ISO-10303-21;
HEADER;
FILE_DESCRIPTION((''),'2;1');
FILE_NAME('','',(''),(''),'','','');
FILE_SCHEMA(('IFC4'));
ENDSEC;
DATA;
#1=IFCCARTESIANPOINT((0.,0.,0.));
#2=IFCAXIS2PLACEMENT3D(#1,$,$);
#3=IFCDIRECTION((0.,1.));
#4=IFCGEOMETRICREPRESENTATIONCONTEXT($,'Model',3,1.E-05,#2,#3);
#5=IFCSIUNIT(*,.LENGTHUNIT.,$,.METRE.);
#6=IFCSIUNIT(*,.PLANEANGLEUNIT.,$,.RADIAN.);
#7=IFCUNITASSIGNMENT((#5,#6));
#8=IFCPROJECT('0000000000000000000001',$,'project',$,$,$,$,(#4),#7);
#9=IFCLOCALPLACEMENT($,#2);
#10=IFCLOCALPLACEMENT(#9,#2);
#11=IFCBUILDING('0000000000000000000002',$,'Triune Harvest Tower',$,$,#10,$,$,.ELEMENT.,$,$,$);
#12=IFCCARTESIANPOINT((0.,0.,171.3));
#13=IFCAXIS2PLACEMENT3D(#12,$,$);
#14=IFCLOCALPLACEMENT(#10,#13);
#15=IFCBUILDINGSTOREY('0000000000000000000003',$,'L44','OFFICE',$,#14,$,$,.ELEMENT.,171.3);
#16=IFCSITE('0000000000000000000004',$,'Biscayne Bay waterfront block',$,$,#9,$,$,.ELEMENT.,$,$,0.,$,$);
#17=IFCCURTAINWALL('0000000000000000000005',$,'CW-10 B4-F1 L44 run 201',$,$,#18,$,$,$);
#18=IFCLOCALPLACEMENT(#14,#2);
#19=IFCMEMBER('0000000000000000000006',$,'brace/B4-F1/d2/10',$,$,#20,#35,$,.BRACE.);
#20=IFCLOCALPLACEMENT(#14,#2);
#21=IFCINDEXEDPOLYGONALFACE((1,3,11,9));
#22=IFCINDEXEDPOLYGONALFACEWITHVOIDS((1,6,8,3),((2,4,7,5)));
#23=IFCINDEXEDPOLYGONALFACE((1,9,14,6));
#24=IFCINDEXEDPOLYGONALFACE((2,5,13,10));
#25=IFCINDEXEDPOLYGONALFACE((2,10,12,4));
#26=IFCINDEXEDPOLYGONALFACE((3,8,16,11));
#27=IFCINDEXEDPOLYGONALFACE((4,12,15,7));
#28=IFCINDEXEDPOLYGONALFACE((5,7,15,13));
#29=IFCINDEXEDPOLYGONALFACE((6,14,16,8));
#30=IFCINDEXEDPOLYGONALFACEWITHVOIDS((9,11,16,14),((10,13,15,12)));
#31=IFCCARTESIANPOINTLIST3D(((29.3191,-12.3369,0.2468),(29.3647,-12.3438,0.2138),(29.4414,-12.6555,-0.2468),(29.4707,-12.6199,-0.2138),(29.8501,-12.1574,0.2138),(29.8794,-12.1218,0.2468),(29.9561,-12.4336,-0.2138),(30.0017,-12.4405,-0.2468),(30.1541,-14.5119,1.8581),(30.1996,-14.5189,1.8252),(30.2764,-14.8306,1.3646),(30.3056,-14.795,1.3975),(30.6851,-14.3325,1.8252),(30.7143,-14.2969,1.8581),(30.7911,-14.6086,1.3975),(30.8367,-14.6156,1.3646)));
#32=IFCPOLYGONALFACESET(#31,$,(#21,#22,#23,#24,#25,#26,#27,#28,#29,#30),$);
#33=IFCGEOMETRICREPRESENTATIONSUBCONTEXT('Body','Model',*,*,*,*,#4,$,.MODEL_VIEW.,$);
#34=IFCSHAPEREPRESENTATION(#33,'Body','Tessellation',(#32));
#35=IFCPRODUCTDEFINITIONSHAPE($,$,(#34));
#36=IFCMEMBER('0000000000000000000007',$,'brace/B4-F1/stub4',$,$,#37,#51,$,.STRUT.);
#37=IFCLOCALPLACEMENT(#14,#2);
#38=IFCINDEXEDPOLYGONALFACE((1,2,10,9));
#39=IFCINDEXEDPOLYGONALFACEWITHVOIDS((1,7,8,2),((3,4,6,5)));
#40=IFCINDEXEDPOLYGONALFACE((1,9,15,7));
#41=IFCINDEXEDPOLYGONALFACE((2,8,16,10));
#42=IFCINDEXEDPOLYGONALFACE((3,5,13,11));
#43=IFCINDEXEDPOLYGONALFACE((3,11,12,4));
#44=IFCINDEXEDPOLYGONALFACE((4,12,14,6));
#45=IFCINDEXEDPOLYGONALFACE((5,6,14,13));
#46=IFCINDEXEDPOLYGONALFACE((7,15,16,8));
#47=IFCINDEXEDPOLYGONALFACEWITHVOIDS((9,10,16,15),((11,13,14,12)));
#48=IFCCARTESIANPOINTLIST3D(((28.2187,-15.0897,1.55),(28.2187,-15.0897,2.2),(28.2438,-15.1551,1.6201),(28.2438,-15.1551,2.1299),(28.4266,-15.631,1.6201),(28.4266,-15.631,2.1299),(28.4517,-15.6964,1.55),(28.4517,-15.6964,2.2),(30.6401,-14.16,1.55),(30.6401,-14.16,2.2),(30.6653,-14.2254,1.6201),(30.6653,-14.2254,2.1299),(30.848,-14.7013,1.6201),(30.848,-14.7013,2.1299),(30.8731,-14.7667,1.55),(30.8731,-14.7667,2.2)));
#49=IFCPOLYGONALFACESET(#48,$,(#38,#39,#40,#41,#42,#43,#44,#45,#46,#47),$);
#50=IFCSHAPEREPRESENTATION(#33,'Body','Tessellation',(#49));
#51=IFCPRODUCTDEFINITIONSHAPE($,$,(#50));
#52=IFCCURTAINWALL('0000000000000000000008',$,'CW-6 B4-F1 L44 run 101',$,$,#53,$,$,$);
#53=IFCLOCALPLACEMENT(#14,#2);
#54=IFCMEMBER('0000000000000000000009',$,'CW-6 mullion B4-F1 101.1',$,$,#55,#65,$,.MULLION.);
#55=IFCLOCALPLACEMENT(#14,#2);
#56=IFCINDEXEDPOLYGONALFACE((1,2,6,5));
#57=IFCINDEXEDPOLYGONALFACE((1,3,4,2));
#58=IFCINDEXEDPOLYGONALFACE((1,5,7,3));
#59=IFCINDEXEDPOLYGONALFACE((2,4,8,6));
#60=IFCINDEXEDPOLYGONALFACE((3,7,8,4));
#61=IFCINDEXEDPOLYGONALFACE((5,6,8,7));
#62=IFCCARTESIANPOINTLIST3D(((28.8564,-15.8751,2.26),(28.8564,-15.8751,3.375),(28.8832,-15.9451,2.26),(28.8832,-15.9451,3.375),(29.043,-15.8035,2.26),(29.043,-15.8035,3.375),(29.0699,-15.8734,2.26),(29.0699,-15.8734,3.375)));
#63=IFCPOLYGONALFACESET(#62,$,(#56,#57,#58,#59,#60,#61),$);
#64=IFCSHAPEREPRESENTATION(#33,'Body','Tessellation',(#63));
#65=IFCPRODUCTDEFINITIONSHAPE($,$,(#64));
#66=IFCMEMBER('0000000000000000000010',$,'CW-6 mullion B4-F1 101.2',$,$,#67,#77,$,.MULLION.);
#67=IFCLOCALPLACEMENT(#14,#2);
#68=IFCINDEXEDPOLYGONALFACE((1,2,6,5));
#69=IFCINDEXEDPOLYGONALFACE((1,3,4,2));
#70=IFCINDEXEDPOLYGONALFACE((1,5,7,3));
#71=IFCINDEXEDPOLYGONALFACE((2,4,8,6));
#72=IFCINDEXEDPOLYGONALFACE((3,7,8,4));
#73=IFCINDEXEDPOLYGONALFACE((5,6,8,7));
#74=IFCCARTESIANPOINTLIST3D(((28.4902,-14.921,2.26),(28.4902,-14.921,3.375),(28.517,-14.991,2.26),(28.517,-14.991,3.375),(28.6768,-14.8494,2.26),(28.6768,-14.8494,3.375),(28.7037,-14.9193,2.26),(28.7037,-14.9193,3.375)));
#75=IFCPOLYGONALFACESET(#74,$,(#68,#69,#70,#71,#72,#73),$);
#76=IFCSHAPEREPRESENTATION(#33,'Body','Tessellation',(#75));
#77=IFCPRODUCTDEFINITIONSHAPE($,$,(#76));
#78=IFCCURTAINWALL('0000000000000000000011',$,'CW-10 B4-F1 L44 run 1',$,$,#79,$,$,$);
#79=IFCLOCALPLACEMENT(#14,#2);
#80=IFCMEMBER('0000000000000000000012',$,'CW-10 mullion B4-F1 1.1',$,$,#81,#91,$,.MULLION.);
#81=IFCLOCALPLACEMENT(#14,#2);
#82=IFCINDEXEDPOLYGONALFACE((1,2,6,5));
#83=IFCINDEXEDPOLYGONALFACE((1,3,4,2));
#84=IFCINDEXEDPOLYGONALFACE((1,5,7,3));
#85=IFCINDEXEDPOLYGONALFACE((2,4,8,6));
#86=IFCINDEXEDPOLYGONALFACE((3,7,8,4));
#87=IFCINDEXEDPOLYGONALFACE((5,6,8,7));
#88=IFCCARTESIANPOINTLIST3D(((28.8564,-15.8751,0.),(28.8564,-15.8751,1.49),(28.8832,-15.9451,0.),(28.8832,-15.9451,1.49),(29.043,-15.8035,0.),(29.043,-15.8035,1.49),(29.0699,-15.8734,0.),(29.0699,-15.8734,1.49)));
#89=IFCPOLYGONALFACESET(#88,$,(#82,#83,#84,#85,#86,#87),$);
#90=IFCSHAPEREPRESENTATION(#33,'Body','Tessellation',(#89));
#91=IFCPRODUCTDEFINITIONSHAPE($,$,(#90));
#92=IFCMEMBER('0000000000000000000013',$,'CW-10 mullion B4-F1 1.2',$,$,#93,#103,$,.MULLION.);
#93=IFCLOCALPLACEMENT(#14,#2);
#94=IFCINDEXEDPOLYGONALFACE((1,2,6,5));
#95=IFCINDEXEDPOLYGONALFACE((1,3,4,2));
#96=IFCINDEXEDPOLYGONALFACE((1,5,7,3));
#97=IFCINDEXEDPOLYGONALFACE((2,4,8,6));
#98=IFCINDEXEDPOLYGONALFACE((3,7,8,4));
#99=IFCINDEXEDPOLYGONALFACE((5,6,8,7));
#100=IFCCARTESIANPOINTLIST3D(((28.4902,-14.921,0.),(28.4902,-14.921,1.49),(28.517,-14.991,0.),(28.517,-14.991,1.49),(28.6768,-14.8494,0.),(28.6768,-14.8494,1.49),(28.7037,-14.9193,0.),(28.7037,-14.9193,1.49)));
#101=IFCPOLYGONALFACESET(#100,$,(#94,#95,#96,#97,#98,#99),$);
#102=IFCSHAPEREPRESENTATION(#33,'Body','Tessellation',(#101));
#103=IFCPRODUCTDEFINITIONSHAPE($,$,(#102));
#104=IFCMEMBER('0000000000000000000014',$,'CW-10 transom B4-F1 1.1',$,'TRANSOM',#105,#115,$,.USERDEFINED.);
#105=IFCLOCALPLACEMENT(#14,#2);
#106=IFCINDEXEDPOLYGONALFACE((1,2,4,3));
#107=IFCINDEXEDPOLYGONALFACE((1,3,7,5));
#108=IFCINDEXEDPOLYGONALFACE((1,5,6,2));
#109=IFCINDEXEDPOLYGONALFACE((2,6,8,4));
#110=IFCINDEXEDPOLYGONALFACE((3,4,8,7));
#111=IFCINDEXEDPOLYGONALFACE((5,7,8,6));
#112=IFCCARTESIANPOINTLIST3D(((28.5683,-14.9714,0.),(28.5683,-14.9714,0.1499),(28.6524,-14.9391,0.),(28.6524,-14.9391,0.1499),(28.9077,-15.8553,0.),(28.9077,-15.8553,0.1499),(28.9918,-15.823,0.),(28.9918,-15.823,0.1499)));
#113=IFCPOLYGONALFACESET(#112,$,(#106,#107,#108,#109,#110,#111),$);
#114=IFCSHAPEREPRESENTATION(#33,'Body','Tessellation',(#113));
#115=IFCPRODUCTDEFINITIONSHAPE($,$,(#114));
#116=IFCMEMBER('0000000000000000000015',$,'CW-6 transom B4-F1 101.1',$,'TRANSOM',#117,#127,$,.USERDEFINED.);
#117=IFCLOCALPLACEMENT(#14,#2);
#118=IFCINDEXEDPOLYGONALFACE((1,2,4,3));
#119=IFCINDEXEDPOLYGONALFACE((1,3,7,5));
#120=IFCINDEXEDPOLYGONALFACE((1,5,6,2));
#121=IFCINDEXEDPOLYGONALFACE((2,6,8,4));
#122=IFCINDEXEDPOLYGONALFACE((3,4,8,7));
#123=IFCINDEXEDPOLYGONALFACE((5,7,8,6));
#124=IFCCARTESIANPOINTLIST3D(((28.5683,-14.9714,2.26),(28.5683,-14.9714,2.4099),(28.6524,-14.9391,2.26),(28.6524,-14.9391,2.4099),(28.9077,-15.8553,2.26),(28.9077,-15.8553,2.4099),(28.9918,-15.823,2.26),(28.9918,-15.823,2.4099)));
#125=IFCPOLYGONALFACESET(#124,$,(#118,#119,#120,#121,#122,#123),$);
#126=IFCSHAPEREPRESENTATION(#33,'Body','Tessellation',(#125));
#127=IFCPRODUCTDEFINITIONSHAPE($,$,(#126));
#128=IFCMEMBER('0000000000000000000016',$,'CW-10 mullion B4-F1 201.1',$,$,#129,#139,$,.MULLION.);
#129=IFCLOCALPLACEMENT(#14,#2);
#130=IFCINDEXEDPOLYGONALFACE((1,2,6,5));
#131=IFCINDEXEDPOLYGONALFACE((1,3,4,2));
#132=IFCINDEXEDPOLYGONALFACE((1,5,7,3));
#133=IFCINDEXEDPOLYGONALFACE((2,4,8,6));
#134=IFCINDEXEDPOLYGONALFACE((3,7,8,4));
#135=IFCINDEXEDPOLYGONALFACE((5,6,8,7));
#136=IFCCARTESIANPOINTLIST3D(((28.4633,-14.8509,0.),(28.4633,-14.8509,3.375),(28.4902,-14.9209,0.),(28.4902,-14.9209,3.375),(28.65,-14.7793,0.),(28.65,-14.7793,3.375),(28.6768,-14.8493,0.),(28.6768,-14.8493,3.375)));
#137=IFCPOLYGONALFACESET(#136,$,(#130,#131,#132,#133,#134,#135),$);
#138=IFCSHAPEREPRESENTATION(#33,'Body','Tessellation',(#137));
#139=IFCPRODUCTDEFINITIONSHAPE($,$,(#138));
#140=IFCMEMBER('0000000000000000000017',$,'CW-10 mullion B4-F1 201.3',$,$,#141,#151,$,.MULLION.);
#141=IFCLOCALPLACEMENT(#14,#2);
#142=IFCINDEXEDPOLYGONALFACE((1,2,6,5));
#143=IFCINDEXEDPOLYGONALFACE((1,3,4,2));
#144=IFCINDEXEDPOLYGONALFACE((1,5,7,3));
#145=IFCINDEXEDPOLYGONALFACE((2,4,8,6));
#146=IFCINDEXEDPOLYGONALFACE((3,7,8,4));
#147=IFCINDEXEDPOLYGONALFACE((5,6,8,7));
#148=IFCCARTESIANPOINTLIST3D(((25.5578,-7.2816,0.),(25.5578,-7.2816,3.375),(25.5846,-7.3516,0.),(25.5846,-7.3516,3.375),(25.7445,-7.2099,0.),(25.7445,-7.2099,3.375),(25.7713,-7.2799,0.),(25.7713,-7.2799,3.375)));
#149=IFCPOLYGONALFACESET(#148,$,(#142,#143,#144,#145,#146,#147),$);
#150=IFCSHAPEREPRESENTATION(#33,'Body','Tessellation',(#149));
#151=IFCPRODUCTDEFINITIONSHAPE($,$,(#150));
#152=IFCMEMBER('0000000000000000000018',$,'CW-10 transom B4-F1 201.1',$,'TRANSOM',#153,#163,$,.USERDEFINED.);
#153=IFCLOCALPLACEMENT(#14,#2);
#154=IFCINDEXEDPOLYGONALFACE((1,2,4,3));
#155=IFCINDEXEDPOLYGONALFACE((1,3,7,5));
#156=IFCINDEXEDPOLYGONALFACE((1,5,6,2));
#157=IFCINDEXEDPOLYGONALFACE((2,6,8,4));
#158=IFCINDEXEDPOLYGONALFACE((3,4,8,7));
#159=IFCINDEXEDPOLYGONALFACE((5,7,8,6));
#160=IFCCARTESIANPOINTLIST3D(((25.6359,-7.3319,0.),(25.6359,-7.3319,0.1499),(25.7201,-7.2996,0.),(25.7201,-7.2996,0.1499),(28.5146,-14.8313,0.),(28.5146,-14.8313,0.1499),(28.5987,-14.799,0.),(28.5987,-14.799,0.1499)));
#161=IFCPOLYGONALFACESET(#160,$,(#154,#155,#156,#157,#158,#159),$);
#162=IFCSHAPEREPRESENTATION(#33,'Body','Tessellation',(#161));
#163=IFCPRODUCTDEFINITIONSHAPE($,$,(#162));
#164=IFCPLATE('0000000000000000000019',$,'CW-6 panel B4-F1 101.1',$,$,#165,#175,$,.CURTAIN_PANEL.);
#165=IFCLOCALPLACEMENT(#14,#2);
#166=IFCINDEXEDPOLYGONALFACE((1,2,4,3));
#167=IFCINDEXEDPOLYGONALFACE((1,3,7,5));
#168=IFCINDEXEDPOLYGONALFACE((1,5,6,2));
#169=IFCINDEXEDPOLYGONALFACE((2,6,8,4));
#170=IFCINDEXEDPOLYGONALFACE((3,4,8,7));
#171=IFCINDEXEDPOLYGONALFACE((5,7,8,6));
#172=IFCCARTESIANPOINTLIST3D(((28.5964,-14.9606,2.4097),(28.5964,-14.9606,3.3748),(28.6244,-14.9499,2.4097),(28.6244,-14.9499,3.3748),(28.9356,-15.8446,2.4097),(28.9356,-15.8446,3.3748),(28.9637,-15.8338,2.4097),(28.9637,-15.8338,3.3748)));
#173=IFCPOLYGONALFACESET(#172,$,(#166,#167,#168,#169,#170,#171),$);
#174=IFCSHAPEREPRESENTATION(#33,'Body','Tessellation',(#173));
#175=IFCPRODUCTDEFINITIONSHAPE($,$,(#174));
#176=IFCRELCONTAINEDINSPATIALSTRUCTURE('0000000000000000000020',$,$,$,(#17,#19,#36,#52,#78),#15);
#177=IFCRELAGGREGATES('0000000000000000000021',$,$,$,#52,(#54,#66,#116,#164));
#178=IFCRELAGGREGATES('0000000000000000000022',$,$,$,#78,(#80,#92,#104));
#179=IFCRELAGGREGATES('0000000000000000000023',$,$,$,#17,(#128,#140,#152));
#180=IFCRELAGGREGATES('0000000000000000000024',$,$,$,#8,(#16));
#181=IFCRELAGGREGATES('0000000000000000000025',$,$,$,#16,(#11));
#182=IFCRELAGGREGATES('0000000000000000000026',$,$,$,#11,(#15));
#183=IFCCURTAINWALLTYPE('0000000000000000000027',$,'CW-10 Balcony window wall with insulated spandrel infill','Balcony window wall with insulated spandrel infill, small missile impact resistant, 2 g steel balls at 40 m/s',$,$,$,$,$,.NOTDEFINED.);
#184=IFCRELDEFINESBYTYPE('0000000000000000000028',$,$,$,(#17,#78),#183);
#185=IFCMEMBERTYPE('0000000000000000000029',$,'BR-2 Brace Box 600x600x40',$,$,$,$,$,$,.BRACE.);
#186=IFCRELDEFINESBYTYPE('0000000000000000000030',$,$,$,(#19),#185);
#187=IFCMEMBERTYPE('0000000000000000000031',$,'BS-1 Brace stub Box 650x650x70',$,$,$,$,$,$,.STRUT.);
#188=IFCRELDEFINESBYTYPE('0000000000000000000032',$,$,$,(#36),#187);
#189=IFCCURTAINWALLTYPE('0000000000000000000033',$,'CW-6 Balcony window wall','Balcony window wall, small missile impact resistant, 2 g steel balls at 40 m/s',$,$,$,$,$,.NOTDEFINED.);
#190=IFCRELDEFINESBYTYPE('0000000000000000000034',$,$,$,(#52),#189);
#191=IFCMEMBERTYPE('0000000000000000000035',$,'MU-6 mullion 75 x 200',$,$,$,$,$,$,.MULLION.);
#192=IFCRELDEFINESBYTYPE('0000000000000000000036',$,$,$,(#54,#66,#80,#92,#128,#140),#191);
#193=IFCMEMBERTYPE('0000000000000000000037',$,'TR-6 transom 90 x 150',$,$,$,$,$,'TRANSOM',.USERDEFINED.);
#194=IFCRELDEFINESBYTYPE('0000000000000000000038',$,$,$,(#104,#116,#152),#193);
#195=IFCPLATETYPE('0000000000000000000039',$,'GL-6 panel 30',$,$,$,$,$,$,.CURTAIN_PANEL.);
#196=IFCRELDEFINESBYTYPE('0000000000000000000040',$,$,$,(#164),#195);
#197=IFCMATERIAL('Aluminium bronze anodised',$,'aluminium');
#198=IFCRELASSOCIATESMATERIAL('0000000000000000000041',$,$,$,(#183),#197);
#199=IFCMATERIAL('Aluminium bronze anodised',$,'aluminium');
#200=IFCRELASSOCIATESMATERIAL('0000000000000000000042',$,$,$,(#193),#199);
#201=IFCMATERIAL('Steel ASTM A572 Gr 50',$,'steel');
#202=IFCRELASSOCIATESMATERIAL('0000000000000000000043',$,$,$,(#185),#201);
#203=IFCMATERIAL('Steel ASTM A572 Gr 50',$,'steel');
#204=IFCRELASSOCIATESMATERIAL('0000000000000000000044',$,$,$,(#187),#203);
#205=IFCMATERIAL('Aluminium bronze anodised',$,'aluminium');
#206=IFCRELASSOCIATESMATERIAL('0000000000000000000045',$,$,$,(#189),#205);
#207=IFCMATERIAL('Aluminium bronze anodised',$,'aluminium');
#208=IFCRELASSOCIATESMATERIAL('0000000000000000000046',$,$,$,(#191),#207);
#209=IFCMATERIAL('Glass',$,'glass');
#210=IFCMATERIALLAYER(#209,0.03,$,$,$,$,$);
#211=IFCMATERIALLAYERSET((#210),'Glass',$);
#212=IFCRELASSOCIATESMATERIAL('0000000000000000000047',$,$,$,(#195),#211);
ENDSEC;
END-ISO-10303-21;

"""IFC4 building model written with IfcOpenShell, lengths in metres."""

from ifc_helpers import new_model, si_unit, direction, frame, origin, origin_2d, place, context, subcontext, project, spatial, rectangle, hollow_rectangle, extrude, source, transform, mapped, material, layer, layer_set, material_profile, profile_set, type_object, element, aggregate, save


model = new_model("IFC4")

# Units and contexts
model_context = context("Model", 3, precision=1e-05, world=origin(), true_north=direction((0.0, 1.0)))
body_context = subcontext(model_context, "Body", "Model", "MODEL_VIEW")
ifc_project = project(units=[si_unit("LENGTHUNIT", "METRE"), si_unit("PLANEANGLEUNIT", "RADIAN")], contexts=[model_context])

# Site, building, storey
site_placement = place(None, origin())
site = spatial("IfcSite", under=ifc_project, at=site_placement, Name="Biscayne Bay waterfront block", CompositionType="ELEMENT", RefElevation=0.0)
building_placement = place(site_placement, origin())
building = spatial("IfcBuilding", under=site, at=building_placement, Name="Triune Harvest Tower", CompositionType="ELEMENT")
storey_placement = place(building_placement, frame((0.0, 0.0, 171.3)))
storey = spatial("IfcBuildingStorey", under=building, at=storey_placement, Name="L44", Description="OFFICE", CompositionType="ELEMENT", Elevation=171.3)

# Curtain wall
ifc_material_1 = material(Name="Aluminium bronze anodised", Category="aluminium")
curtain_wall_type_1 = type_object("IfcCurtainWallType", Name="CW-10 Balcony window wall with insulated spandrel infill", Description="Balcony window wall with insulated spandrel infill, small missile impact resistant, 2 g steel balls at 40 m/s", PredefinedType="NOTDEFINED", material=ifc_material_1)
curtain_wall_1_placement = place(storey_placement, origin())
curtain_wall_1 = element("IfcCurtainWall", 1, at=curtain_wall_1_placement, inside=storey, type_object=curtain_wall_type_1, Name="CW-10 B4-F1 L44 run 201")
ifc_material_2 = material(Name="Aluminium bronze anodised", Category="aluminium")
ifc_material_profile_1 = material_profile(ifc_material_2, rectangle(XDim=0.0901, YDim=0.1499, at=origin_2d()), Name="TR-6 transom 90 x 150")
ifc_profile_set_1 = profile_set([ifc_material_profile_1], Name="Aluminium bronze anodised")
member_type_1 = type_object("IfcMemberType", Name="TR-6 transom 90 x 150", ElementType="TRANSOM", PredefinedType="USERDEFINED", material=ifc_profile_set_1)

# Members
ifc_material_3 = material(Name="Steel ASTM A572 Gr 50", Category="steel")
ifc_material_profile_2 = material_profile(ifc_material_3, hollow_rectangle(XDim=0.6001, YDim=0.6001, WallThickness=0.04, at=origin_2d()), Name="Box 600x600x40")
ifc_profile_set_2 = profile_set([ifc_material_profile_2], Name="Steel ASTM A572 Gr 50")
member_type_2 = type_object("IfcMemberType", Name="BR-2 Brace Box 600x600x40", PredefinedType="BRACE", material=ifc_profile_set_2)
shared_shape_1 = source(origin(), body_context, "Body", "SweptSolid", [
    extrude(hollow_rectangle(XDim=0.6001, YDim=0.6001, WallThickness=0.04, at=origin_2d()), origin(), (0.0, 0.0, 1.0), 2.8328),
])
member_1_placement = place(storey_placement, frame((29.6604, -12.3887, 0.0), z_axis=(0.294755, -0.767827, 0.568825), x_axis=(0.933575, 0.358382, 0.0)))
element("IfcMember", 2, at=member_1_placement, inside=storey, type_object=member_type_2, Name="brace/B4-F1/d2/10", PredefinedType="BRACE", context=body_context, shape_type="MappedRepresentation", body=[
    mapped(shared_shape_1, transform((0.0, 0.0, 0.0), scale=1.0)),
])
ifc_material_4 = material(Name="Steel ASTM A572 Gr 50", Category="steel")
ifc_material_profile_3 = material_profile(ifc_material_4, hollow_rectangle(XDim=0.6499, YDim=0.6499, WallThickness=0.0701, at=origin_2d()), Name="Box 650x650x70")
ifc_profile_set_3 = profile_set([ifc_material_profile_3], Name="Steel ASTM A572 Gr 50")
member_type_3 = type_object("IfcMemberType", Name="BS-1 Brace stub Box 650x650x70", PredefinedType="STRUT", material=ifc_profile_set_3)
shared_shape_2 = source(origin(), body_context, "Body", "SweptSolid", [
    extrude(hollow_rectangle(XDim=0.6499, YDim=0.6499, WallThickness=0.0701, at=origin_2d()), origin(), (0.0, 0.0, 1.0), 2.5938),
])
member_2_placement = place(storey_placement, frame((28.3352, -15.3931, 1.875), z_axis=(0.933554, 0.358437, 0.0), x_axis=(-0.358437, 0.933554, 0.0)))
element("IfcMember", 3, at=member_2_placement, inside=storey, type_object=member_type_3, Name="brace/B4-F1/stub4", PredefinedType="STRUT", context=body_context, shape_type="MappedRepresentation", body=[
    mapped(shared_shape_2, transform((0.0, 0.0, 0.0), scale=1.0)),
])

# Curtain walls, members
ifc_material_5 = material(Name="Aluminium bronze anodised", Category="aluminium")
curtain_wall_type_2 = type_object("IfcCurtainWallType", Name="CW-6 Balcony window wall", Description="Balcony window wall, small missile impact resistant, 2 g steel balls at 40 m/s", PredefinedType="NOTDEFINED", material=ifc_material_5)
curtain_wall_2_placement = place(storey_placement, origin())
curtain_wall_2 = element("IfcCurtainWall", 4, at=curtain_wall_2_placement, inside=storey, type_object=curtain_wall_type_2, Name="CW-6 B4-F1 L44 run 101")
ifc_material_6 = material(Name="Aluminium bronze anodised", Category="aluminium")
ifc_material_profile_4 = material_profile(ifc_material_6, rectangle(XDim=0.2, YDim=0.075, at=origin_2d()), Name="MU-6 mullion 75 x 200")
ifc_profile_set_4 = profile_set([ifc_material_profile_4], Name="Aluminium bronze anodised")
member_type_4 = type_object("IfcMemberType", Name="MU-6 mullion 75 x 200", PredefinedType="MULLION", material=ifc_profile_set_4)
shared_shape_3 = source(origin(), body_context, "Body", "SweptSolid", [
    extrude(rectangle(XDim=0.2, YDim=0.075, at=origin_2d()), origin(), (0.0, 0.0, 1.0), 1.115),
])
member_3_placement = place(storey_placement, frame((28.9631, -15.8743, 2.26), z_axis=(0.0, 0.0, 1.0), x_axis=(-0.933604, -0.358307, 0.0)))
member_3 = element("IfcMember", 5, at=member_3_placement, type_object=member_type_4, Name="CW-6 mullion B4-F1 101.1", PredefinedType="MULLION", context=body_context, shape_type="MappedRepresentation", body=[
    mapped(shared_shape_3, transform((0.0, 0.0, 0.0), scale=1.0)),
])
member_4_placement = place(storey_placement, frame((28.5969, -14.9202, 2.26), z_axis=(0.0, 0.0, 1.0), x_axis=(-0.933604, -0.358307, 0.0)))
member_4 = element("IfcMember", 6, at=member_4_placement, type_object=member_type_4, Name="CW-6 mullion B4-F1 101.2", PredefinedType="MULLION", context=body_context, shape_type="MappedRepresentation", body=[
    mapped(shared_shape_3, transform((0.0, 0.0, 0.0), scale=1.0)),
])
curtain_wall_3_placement = place(storey_placement, origin())
curtain_wall_3 = element("IfcCurtainWall", 7, at=curtain_wall_3_placement, inside=storey, type_object=curtain_wall_type_1, Name="CW-10 B4-F1 L44 run 1")
shared_shape_4 = source(origin(), body_context, "Body", "SweptSolid", [
    extrude(rectangle(XDim=0.2, YDim=0.075, at=origin_2d()), origin(), (0.0, 0.0, 1.0), 1.49),
])
member_5_placement = place(storey_placement, frame((28.9631, -15.8743, 0.0), z_axis=(0.0, 0.0, 1.0), x_axis=(-0.933604, -0.358307, 0.0)))
member_5 = element("IfcMember", 8, at=member_5_placement, type_object=member_type_4, Name="CW-10 mullion B4-F1 1.1", PredefinedType="MULLION", context=body_context, shape_type="MappedRepresentation", body=[
    mapped(shared_shape_4, transform((0.0, 0.0, 0.0), scale=1.0)),
])
member_6_placement = place(storey_placement, frame((28.5969, -14.9202, 0.0), z_axis=(0.0, 0.0, 1.0), x_axis=(-0.933604, -0.358307, 0.0)))
member_6 = element("IfcMember", 9, at=member_6_placement, type_object=member_type_4, Name="CW-10 mullion B4-F1 1.2", PredefinedType="MULLION", context=body_context, shape_type="MappedRepresentation", body=[
    mapped(shared_shape_4, transform((0.0, 0.0, 0.0), scale=1.0)),
])
shared_shape_5 = source(origin(), body_context, "Body", "SweptSolid", [
    extrude(rectangle(XDim=0.0901, YDim=0.1499, at=origin_2d()), origin(), (0.0, 0.0, 1.0), 0.9468),
])
member_7_placement = place(storey_placement, frame((28.9497, -15.8391, 0.075), z_axis=(-0.358461, 0.933545, 0.0), x_axis=(-0.933545, -0.358461, 0.0)))
member_7 = element("IfcMember", 10, at=member_7_placement, type_object=member_type_1, Name="CW-10 transom B4-F1 1.1", ObjectType="TRANSOM", PredefinedType="USERDEFINED", context=body_context, shape_type="MappedRepresentation", body=[
    mapped(shared_shape_5, transform((0.0, 0.0, 0.0), scale=1.0)),
])

# Members
member_8_placement = place(storey_placement, frame((28.9497, -15.8391, 2.335), z_axis=(-0.358461, 0.933545, 0.0), x_axis=(-0.933545, -0.358461, 0.0)))
member_8 = element("IfcMember", 11, at=member_8_placement, type_object=member_type_1, Name="CW-6 transom B4-F1 101.1", ObjectType="TRANSOM", PredefinedType="USERDEFINED", context=body_context, shape_type="MappedRepresentation", body=[
    mapped(shared_shape_5, transform((0.0, 0.0, 0.0), scale=1.0)),
])
shared_shape_6 = source(origin(), body_context, "Body", "SweptSolid", [
    extrude(rectangle(XDim=0.2, YDim=0.075, at=origin_2d()), origin(), (0.0, 0.0, 1.0), 3.375),
])
member_9_placement = place(storey_placement, frame((28.5701, -14.8501, 0.0), z_axis=(0.0, 0.0, 1.0), x_axis=(-0.933579, -0.358371, 0.0)))
member_9 = element("IfcMember", 12, at=member_9_placement, type_object=member_type_4, Name="CW-10 mullion B4-F1 201.1", PredefinedType="MULLION", context=body_context, shape_type="MappedRepresentation", body=[
    mapped(shared_shape_6, transform((0.0, 0.0, 0.0), scale=1.0)),
])
member_10_placement = place(storey_placement, frame((25.6646, -7.2808, 0.0), z_axis=(0.0, 0.0, 1.0), x_axis=(-0.933579, -0.358371, 0.0)))
member_10 = element("IfcMember", 13, at=member_10_placement, type_object=member_type_4, Name="CW-10 mullion B4-F1 201.3", PredefinedType="MULLION", context=body_context, shape_type="MappedRepresentation", body=[
    mapped(shared_shape_6, transform((0.0, 0.0, 0.0), scale=1.0)),
])
shared_shape_7 = source(origin(), body_context, "Body", "SweptSolid", [
    extrude(rectangle(XDim=0.0901, YDim=0.1499, at=origin_2d()), origin(), (0.0, 0.0, 1.0), 8.033),
])
member_11_placement = place(storey_placement, frame((28.5566, -14.8152, 0.075), z_axis=(-0.358354, 0.933586, 0.0), x_axis=(-0.933586, -0.358354, 0.0)))
member_11 = element("IfcMember", 14, at=member_11_placement, type_object=member_type_1, Name="CW-10 transom B4-F1 201.1", ObjectType="TRANSOM", PredefinedType="USERDEFINED", context=body_context, shape_type="MappedRepresentation", body=[
    mapped(shared_shape_7, transform((0.0, 0.0, 0.0), scale=1.0)),
])

# Plate
ifc_material_7 = material(Name="Glass", Category="glass")
ifc_layer_1 = layer(ifc_material_7, 0.03)
ifc_layer_set_1 = layer_set([ifc_layer_1], Name="Glass")
plate_type_1 = type_object("IfcPlateType", Name="GL-6 panel 30", PredefinedType="CURTAIN_PANEL", material=ifc_layer_set_1)
plate_1_placement = place(storey_placement, frame((28.78, -15.3972, 2.4097), z_axis=(0.0, 0.0, 1.0), x_axis=(-0.358307, 0.933604, 0.0)))
plate_1 = element("IfcPlate", 15, at=plate_1_placement, type_object=plate_type_1, Name="CW-6 panel B4-F1 101.1", PredefinedType="CURTAIN_PANEL", context=body_context, shape_type="SweptSolid", body=[
    extrude(rectangle(XDim=0.9468, YDim=0.03, at=origin_2d()), origin(), (0.0, 0.0, 1.0), 0.9651),
])
aggregate(curtain_wall_2, [member_3, member_4, member_8, plate_1])
aggregate(curtain_wall_3, [member_5, member_6, member_7])
aggregate(curtain_wall_1, [member_9, member_10, member_11])

save(model, "model.ifc")
